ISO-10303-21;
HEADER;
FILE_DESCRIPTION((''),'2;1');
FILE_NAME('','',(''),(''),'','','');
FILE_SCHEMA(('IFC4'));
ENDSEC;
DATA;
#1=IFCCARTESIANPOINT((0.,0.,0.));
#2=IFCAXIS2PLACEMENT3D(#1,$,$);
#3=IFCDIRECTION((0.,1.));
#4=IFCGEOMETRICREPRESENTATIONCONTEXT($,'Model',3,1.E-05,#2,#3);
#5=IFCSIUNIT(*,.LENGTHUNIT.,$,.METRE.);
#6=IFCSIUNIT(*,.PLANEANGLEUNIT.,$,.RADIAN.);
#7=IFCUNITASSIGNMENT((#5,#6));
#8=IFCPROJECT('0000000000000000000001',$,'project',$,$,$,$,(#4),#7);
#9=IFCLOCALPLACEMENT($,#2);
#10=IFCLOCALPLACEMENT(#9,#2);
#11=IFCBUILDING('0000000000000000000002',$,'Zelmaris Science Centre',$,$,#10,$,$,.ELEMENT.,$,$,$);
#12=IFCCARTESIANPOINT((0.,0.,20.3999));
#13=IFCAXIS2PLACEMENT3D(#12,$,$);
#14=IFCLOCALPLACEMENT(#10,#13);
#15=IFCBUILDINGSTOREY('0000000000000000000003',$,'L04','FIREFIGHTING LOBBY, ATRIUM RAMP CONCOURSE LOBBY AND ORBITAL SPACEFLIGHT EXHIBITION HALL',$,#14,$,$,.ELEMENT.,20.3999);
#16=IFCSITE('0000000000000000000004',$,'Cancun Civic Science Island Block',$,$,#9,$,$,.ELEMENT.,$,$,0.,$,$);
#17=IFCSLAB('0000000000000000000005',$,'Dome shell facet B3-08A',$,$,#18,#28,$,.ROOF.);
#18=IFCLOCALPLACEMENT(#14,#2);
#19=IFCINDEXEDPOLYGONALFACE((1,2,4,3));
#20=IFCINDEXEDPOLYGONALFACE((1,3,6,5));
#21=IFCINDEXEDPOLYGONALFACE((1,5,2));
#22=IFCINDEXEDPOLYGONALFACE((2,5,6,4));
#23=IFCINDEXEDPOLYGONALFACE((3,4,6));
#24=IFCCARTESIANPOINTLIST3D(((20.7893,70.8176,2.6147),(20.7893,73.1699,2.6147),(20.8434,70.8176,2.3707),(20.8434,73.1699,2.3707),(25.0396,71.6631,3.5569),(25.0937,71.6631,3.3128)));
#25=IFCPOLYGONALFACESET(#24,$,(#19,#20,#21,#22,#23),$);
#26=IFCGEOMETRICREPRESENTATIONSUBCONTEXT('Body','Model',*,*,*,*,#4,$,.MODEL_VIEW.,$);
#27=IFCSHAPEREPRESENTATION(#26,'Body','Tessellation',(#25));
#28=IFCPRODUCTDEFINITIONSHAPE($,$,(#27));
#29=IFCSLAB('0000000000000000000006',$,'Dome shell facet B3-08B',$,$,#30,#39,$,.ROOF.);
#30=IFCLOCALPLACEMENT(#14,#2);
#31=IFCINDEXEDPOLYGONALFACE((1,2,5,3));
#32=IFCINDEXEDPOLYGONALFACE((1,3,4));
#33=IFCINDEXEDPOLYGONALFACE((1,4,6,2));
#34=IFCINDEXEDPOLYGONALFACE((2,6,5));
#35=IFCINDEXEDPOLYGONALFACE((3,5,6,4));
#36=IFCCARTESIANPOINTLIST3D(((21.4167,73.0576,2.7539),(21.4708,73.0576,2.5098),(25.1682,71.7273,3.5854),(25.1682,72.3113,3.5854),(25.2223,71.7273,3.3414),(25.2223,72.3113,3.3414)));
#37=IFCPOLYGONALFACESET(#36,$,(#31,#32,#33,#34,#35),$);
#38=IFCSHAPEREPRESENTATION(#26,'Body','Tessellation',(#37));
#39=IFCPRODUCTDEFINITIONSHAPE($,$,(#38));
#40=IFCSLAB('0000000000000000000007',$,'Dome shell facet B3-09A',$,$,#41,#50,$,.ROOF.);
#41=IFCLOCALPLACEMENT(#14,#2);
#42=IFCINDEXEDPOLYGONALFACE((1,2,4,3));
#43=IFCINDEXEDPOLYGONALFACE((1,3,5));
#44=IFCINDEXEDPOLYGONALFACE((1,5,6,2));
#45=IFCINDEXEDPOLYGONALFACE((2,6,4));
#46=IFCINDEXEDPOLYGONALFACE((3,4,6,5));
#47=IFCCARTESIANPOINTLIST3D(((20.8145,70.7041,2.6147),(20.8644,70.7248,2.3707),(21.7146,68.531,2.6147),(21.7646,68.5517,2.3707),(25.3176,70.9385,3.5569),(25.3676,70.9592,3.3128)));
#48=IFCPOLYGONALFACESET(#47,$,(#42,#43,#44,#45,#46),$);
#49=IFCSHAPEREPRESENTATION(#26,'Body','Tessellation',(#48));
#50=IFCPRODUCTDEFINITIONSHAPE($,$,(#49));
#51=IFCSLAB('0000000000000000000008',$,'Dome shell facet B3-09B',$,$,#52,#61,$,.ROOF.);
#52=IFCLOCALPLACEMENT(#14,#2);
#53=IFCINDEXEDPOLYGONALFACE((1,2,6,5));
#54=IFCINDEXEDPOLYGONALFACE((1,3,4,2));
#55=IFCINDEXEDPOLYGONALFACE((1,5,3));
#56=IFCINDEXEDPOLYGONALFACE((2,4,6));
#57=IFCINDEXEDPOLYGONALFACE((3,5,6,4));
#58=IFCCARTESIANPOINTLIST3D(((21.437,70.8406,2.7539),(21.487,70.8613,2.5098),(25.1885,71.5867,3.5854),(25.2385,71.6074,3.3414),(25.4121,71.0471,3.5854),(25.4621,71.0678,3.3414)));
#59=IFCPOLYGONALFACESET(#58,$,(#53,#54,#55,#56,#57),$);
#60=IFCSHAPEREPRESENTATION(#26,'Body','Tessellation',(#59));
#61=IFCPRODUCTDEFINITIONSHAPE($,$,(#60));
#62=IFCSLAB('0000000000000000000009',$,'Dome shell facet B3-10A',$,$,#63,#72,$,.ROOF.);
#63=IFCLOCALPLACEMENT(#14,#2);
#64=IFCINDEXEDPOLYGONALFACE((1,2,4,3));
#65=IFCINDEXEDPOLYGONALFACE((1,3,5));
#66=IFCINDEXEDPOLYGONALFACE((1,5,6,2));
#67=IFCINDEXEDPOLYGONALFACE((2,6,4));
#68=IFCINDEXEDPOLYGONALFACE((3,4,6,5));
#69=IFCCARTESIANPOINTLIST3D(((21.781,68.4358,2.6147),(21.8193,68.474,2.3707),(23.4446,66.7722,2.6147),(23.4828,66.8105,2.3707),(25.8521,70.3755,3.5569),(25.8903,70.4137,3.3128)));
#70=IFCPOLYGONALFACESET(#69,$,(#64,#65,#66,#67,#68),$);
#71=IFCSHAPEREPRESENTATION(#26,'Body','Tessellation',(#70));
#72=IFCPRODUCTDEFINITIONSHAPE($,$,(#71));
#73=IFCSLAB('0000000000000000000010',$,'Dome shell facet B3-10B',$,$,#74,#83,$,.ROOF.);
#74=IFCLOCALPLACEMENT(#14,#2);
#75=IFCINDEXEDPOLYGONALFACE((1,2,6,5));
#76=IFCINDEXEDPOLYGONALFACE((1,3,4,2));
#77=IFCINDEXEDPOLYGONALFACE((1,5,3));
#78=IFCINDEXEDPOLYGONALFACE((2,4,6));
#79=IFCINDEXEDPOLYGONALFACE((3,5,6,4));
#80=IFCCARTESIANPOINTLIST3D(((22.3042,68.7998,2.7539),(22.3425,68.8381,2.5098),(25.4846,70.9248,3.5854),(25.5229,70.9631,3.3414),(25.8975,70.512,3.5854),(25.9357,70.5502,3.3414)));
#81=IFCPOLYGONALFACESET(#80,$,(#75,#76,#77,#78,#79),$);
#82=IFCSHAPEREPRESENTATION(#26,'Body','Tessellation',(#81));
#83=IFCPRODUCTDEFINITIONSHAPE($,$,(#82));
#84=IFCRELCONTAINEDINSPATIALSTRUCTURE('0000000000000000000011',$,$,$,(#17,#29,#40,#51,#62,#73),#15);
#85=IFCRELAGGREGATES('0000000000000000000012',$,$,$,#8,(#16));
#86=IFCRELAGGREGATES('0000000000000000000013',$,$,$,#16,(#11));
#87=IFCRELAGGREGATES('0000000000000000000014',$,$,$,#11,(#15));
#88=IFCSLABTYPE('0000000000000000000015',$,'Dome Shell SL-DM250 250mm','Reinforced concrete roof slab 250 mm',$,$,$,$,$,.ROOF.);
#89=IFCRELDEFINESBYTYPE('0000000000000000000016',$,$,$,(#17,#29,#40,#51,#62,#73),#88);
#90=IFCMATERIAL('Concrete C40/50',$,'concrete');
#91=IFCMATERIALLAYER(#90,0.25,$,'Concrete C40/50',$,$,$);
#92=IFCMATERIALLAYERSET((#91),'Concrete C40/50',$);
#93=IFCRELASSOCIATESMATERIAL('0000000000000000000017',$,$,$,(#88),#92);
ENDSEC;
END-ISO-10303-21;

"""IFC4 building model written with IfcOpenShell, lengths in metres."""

from ifc_helpers import new_model, si_unit, direction, frame, origin, place, context, subcontext, project, spatial, polyline, outline, extrude, material, layer, layer_set, type_object, element, save


model = new_model("IFC4")

# Units and contexts
model_context = context("Model", 3, precision=1e-05, world=origin(), true_north=direction((0.0, 1.0)))
body_context = subcontext(model_context, "Body", "Model", "MODEL_VIEW")
ifc_project = project(units=[si_unit("LENGTHUNIT", "METRE"), si_unit("PLANEANGLEUNIT", "RADIAN")], contexts=[model_context])

# Site, building, storey
site_placement = place(None, origin())
site = spatial("IfcSite", under=ifc_project, at=site_placement, Name="Cancun Civic Science Island Block", CompositionType="ELEMENT", RefElevation=0.0)
building_placement = place(site_placement, origin())
building = spatial("IfcBuilding", under=site, at=building_placement, Name="Zelmaris Science Centre", CompositionType="ELEMENT")
storey_placement = place(building_placement, frame((0.0, 0.0, 20.3999)))
storey = spatial("IfcBuildingStorey", under=building, at=storey_placement, Name="L04", Description="FIREFIGHTING LOBBY, ATRIUM RAMP CONCOURSE LOBBY AND ORBITAL SPACEFLIGHT EXHIBITION HALL", CompositionType="ELEMENT", Elevation=20.3999)

# Shared definitions
ifc_material = material(Name="Concrete C40/50", Category="concrete")

# Slabs
ifc_layer = layer(ifc_material, 0.25, Name="Concrete C40/50")
ifc_layer_set = layer_set([ifc_layer], Name="Concrete C40/50")
slab_type = type_object("IfcSlabType", Name="Dome Shell SL-DM250 250mm", Description="Reinforced concrete roof slab 250 mm", PredefinedType="ROOF", material=ifc_layer_set)
slab_1_placement = place(storey_placement, frame((20.7893, 73.1699, 2.6147), z_axis=(-0.216414, 0.0, 0.976302), x_axis=(0.0, -1.0, 0.0)))
element("IfcSlab", 1, at=slab_1_placement, inside=storey, type_object=slab_type, Name="Dome shell facet B3-08A", PredefinedType="ROOF", context=body_context, shape_type="SweptSolid", body=[
    extrude(outline(polyline([(0.0, 0.0), (2.3523, 0.0), (1.5068, 4.3534), (0.0, 0.0)])), origin(), (0.0, 0.0, -1.0), 0.25),
])
slab_2_placement = place(storey_placement, frame((21.4167, 73.0576, 2.7539), z_axis=(-0.216406, 0.0, 0.976304), x_axis=(0.922577, -0.327159, 0.204497)))
element("IfcSlab", 2, at=slab_2_placement, inside=storey, type_object=slab_type, Name="Dome shell facet B3-08B", PredefinedType="ROOF", context=body_context, shape_type="SweptSolid", body=[
    extrude(outline(polyline([(0.0, 0.0), (4.0663, 0.0), (3.8752, 0.5518), (0.0, 0.0)])), origin(), (0.0, 0.0, -1.0), 0.25),
])
slab_3_placement = place(storey_placement, frame((20.8145, 70.7041, 2.6147), z_axis=(-0.199947, -0.082823, 0.9763), x_axis=(0.382691, -0.923876, 0.0)))
element("IfcSlab", 3, at=slab_3_placement, inside=storey, type_object=slab_type, Name="Dome shell facet B3-09A", PredefinedType="ROOF", context=body_context, shape_type="SweptSolid", body=[
    extrude(outline(polyline([(0.0, 0.0), (2.3521, 0.0), (1.5068, 4.3532), (0.0, 0.0)])), origin(), (0.0, 0.0, -1.0), 0.25),
])
slab_4_placement = place(storey_placement, frame((21.437, 70.8406, 2.7539), z_axis=(-0.199925, -0.082865, 0.976301), x_axis=(0.97755, 0.050793, 0.204492)))
element("IfcSlab", 4, at=slab_4_placement, inside=storey, type_object=slab_type, Name="Dome shell facet B3-09B", PredefinedType="ROOF", context=body_context, shape_type="SweptSolid", body=[
    extrude(outline(polyline([(0.0, 0.0), (4.0664, 0.0), (3.8752, 0.5519), (0.0, 0.0)])), origin(), (0.0, 0.0, -1.0), 0.25),
])
slab_5_placement = place(storey_placement, frame((21.781, 68.4358, 2.6147), z_axis=(-0.153028, -0.153028, 0.976302), x_axis=(0.707107, -0.707107, 0.0)))
element("IfcSlab", 5, at=slab_5_placement, inside=storey, type_object=slab_type, Name="Dome shell facet B3-10A", PredefinedType="ROOF", context=body_context, shape_type="SweptSolid", body=[
    extrude(outline(polyline([(0.0, 0.0), (2.3526, 0.0), (1.5071, 4.3534), (0.0, 0.0)])), origin(), (0.0, 0.0, -1.0), 0.25),
])
slab_6_placement = place(storey_placement, frame((22.3042, 68.7998, 2.7539), z_axis=(-0.153021, -0.153021, 0.976304), x_axis=(0.883677, 0.421065, 0.204498)))
element("IfcSlab", 6, at=slab_6_placement, inside=storey, type_object=slab_type, Name="Dome shell facet B3-10B", PredefinedType="ROOF", context=body_context, shape_type="SweptSolid", body=[
    extrude(outline(polyline([(0.0, 0.0), (4.0663, 0.0), (3.8753, 0.5517), (0.0, 0.0)])), origin(), (0.0, 0.0, -1.0), 0.25),
])

save(model, "model.ifc")
